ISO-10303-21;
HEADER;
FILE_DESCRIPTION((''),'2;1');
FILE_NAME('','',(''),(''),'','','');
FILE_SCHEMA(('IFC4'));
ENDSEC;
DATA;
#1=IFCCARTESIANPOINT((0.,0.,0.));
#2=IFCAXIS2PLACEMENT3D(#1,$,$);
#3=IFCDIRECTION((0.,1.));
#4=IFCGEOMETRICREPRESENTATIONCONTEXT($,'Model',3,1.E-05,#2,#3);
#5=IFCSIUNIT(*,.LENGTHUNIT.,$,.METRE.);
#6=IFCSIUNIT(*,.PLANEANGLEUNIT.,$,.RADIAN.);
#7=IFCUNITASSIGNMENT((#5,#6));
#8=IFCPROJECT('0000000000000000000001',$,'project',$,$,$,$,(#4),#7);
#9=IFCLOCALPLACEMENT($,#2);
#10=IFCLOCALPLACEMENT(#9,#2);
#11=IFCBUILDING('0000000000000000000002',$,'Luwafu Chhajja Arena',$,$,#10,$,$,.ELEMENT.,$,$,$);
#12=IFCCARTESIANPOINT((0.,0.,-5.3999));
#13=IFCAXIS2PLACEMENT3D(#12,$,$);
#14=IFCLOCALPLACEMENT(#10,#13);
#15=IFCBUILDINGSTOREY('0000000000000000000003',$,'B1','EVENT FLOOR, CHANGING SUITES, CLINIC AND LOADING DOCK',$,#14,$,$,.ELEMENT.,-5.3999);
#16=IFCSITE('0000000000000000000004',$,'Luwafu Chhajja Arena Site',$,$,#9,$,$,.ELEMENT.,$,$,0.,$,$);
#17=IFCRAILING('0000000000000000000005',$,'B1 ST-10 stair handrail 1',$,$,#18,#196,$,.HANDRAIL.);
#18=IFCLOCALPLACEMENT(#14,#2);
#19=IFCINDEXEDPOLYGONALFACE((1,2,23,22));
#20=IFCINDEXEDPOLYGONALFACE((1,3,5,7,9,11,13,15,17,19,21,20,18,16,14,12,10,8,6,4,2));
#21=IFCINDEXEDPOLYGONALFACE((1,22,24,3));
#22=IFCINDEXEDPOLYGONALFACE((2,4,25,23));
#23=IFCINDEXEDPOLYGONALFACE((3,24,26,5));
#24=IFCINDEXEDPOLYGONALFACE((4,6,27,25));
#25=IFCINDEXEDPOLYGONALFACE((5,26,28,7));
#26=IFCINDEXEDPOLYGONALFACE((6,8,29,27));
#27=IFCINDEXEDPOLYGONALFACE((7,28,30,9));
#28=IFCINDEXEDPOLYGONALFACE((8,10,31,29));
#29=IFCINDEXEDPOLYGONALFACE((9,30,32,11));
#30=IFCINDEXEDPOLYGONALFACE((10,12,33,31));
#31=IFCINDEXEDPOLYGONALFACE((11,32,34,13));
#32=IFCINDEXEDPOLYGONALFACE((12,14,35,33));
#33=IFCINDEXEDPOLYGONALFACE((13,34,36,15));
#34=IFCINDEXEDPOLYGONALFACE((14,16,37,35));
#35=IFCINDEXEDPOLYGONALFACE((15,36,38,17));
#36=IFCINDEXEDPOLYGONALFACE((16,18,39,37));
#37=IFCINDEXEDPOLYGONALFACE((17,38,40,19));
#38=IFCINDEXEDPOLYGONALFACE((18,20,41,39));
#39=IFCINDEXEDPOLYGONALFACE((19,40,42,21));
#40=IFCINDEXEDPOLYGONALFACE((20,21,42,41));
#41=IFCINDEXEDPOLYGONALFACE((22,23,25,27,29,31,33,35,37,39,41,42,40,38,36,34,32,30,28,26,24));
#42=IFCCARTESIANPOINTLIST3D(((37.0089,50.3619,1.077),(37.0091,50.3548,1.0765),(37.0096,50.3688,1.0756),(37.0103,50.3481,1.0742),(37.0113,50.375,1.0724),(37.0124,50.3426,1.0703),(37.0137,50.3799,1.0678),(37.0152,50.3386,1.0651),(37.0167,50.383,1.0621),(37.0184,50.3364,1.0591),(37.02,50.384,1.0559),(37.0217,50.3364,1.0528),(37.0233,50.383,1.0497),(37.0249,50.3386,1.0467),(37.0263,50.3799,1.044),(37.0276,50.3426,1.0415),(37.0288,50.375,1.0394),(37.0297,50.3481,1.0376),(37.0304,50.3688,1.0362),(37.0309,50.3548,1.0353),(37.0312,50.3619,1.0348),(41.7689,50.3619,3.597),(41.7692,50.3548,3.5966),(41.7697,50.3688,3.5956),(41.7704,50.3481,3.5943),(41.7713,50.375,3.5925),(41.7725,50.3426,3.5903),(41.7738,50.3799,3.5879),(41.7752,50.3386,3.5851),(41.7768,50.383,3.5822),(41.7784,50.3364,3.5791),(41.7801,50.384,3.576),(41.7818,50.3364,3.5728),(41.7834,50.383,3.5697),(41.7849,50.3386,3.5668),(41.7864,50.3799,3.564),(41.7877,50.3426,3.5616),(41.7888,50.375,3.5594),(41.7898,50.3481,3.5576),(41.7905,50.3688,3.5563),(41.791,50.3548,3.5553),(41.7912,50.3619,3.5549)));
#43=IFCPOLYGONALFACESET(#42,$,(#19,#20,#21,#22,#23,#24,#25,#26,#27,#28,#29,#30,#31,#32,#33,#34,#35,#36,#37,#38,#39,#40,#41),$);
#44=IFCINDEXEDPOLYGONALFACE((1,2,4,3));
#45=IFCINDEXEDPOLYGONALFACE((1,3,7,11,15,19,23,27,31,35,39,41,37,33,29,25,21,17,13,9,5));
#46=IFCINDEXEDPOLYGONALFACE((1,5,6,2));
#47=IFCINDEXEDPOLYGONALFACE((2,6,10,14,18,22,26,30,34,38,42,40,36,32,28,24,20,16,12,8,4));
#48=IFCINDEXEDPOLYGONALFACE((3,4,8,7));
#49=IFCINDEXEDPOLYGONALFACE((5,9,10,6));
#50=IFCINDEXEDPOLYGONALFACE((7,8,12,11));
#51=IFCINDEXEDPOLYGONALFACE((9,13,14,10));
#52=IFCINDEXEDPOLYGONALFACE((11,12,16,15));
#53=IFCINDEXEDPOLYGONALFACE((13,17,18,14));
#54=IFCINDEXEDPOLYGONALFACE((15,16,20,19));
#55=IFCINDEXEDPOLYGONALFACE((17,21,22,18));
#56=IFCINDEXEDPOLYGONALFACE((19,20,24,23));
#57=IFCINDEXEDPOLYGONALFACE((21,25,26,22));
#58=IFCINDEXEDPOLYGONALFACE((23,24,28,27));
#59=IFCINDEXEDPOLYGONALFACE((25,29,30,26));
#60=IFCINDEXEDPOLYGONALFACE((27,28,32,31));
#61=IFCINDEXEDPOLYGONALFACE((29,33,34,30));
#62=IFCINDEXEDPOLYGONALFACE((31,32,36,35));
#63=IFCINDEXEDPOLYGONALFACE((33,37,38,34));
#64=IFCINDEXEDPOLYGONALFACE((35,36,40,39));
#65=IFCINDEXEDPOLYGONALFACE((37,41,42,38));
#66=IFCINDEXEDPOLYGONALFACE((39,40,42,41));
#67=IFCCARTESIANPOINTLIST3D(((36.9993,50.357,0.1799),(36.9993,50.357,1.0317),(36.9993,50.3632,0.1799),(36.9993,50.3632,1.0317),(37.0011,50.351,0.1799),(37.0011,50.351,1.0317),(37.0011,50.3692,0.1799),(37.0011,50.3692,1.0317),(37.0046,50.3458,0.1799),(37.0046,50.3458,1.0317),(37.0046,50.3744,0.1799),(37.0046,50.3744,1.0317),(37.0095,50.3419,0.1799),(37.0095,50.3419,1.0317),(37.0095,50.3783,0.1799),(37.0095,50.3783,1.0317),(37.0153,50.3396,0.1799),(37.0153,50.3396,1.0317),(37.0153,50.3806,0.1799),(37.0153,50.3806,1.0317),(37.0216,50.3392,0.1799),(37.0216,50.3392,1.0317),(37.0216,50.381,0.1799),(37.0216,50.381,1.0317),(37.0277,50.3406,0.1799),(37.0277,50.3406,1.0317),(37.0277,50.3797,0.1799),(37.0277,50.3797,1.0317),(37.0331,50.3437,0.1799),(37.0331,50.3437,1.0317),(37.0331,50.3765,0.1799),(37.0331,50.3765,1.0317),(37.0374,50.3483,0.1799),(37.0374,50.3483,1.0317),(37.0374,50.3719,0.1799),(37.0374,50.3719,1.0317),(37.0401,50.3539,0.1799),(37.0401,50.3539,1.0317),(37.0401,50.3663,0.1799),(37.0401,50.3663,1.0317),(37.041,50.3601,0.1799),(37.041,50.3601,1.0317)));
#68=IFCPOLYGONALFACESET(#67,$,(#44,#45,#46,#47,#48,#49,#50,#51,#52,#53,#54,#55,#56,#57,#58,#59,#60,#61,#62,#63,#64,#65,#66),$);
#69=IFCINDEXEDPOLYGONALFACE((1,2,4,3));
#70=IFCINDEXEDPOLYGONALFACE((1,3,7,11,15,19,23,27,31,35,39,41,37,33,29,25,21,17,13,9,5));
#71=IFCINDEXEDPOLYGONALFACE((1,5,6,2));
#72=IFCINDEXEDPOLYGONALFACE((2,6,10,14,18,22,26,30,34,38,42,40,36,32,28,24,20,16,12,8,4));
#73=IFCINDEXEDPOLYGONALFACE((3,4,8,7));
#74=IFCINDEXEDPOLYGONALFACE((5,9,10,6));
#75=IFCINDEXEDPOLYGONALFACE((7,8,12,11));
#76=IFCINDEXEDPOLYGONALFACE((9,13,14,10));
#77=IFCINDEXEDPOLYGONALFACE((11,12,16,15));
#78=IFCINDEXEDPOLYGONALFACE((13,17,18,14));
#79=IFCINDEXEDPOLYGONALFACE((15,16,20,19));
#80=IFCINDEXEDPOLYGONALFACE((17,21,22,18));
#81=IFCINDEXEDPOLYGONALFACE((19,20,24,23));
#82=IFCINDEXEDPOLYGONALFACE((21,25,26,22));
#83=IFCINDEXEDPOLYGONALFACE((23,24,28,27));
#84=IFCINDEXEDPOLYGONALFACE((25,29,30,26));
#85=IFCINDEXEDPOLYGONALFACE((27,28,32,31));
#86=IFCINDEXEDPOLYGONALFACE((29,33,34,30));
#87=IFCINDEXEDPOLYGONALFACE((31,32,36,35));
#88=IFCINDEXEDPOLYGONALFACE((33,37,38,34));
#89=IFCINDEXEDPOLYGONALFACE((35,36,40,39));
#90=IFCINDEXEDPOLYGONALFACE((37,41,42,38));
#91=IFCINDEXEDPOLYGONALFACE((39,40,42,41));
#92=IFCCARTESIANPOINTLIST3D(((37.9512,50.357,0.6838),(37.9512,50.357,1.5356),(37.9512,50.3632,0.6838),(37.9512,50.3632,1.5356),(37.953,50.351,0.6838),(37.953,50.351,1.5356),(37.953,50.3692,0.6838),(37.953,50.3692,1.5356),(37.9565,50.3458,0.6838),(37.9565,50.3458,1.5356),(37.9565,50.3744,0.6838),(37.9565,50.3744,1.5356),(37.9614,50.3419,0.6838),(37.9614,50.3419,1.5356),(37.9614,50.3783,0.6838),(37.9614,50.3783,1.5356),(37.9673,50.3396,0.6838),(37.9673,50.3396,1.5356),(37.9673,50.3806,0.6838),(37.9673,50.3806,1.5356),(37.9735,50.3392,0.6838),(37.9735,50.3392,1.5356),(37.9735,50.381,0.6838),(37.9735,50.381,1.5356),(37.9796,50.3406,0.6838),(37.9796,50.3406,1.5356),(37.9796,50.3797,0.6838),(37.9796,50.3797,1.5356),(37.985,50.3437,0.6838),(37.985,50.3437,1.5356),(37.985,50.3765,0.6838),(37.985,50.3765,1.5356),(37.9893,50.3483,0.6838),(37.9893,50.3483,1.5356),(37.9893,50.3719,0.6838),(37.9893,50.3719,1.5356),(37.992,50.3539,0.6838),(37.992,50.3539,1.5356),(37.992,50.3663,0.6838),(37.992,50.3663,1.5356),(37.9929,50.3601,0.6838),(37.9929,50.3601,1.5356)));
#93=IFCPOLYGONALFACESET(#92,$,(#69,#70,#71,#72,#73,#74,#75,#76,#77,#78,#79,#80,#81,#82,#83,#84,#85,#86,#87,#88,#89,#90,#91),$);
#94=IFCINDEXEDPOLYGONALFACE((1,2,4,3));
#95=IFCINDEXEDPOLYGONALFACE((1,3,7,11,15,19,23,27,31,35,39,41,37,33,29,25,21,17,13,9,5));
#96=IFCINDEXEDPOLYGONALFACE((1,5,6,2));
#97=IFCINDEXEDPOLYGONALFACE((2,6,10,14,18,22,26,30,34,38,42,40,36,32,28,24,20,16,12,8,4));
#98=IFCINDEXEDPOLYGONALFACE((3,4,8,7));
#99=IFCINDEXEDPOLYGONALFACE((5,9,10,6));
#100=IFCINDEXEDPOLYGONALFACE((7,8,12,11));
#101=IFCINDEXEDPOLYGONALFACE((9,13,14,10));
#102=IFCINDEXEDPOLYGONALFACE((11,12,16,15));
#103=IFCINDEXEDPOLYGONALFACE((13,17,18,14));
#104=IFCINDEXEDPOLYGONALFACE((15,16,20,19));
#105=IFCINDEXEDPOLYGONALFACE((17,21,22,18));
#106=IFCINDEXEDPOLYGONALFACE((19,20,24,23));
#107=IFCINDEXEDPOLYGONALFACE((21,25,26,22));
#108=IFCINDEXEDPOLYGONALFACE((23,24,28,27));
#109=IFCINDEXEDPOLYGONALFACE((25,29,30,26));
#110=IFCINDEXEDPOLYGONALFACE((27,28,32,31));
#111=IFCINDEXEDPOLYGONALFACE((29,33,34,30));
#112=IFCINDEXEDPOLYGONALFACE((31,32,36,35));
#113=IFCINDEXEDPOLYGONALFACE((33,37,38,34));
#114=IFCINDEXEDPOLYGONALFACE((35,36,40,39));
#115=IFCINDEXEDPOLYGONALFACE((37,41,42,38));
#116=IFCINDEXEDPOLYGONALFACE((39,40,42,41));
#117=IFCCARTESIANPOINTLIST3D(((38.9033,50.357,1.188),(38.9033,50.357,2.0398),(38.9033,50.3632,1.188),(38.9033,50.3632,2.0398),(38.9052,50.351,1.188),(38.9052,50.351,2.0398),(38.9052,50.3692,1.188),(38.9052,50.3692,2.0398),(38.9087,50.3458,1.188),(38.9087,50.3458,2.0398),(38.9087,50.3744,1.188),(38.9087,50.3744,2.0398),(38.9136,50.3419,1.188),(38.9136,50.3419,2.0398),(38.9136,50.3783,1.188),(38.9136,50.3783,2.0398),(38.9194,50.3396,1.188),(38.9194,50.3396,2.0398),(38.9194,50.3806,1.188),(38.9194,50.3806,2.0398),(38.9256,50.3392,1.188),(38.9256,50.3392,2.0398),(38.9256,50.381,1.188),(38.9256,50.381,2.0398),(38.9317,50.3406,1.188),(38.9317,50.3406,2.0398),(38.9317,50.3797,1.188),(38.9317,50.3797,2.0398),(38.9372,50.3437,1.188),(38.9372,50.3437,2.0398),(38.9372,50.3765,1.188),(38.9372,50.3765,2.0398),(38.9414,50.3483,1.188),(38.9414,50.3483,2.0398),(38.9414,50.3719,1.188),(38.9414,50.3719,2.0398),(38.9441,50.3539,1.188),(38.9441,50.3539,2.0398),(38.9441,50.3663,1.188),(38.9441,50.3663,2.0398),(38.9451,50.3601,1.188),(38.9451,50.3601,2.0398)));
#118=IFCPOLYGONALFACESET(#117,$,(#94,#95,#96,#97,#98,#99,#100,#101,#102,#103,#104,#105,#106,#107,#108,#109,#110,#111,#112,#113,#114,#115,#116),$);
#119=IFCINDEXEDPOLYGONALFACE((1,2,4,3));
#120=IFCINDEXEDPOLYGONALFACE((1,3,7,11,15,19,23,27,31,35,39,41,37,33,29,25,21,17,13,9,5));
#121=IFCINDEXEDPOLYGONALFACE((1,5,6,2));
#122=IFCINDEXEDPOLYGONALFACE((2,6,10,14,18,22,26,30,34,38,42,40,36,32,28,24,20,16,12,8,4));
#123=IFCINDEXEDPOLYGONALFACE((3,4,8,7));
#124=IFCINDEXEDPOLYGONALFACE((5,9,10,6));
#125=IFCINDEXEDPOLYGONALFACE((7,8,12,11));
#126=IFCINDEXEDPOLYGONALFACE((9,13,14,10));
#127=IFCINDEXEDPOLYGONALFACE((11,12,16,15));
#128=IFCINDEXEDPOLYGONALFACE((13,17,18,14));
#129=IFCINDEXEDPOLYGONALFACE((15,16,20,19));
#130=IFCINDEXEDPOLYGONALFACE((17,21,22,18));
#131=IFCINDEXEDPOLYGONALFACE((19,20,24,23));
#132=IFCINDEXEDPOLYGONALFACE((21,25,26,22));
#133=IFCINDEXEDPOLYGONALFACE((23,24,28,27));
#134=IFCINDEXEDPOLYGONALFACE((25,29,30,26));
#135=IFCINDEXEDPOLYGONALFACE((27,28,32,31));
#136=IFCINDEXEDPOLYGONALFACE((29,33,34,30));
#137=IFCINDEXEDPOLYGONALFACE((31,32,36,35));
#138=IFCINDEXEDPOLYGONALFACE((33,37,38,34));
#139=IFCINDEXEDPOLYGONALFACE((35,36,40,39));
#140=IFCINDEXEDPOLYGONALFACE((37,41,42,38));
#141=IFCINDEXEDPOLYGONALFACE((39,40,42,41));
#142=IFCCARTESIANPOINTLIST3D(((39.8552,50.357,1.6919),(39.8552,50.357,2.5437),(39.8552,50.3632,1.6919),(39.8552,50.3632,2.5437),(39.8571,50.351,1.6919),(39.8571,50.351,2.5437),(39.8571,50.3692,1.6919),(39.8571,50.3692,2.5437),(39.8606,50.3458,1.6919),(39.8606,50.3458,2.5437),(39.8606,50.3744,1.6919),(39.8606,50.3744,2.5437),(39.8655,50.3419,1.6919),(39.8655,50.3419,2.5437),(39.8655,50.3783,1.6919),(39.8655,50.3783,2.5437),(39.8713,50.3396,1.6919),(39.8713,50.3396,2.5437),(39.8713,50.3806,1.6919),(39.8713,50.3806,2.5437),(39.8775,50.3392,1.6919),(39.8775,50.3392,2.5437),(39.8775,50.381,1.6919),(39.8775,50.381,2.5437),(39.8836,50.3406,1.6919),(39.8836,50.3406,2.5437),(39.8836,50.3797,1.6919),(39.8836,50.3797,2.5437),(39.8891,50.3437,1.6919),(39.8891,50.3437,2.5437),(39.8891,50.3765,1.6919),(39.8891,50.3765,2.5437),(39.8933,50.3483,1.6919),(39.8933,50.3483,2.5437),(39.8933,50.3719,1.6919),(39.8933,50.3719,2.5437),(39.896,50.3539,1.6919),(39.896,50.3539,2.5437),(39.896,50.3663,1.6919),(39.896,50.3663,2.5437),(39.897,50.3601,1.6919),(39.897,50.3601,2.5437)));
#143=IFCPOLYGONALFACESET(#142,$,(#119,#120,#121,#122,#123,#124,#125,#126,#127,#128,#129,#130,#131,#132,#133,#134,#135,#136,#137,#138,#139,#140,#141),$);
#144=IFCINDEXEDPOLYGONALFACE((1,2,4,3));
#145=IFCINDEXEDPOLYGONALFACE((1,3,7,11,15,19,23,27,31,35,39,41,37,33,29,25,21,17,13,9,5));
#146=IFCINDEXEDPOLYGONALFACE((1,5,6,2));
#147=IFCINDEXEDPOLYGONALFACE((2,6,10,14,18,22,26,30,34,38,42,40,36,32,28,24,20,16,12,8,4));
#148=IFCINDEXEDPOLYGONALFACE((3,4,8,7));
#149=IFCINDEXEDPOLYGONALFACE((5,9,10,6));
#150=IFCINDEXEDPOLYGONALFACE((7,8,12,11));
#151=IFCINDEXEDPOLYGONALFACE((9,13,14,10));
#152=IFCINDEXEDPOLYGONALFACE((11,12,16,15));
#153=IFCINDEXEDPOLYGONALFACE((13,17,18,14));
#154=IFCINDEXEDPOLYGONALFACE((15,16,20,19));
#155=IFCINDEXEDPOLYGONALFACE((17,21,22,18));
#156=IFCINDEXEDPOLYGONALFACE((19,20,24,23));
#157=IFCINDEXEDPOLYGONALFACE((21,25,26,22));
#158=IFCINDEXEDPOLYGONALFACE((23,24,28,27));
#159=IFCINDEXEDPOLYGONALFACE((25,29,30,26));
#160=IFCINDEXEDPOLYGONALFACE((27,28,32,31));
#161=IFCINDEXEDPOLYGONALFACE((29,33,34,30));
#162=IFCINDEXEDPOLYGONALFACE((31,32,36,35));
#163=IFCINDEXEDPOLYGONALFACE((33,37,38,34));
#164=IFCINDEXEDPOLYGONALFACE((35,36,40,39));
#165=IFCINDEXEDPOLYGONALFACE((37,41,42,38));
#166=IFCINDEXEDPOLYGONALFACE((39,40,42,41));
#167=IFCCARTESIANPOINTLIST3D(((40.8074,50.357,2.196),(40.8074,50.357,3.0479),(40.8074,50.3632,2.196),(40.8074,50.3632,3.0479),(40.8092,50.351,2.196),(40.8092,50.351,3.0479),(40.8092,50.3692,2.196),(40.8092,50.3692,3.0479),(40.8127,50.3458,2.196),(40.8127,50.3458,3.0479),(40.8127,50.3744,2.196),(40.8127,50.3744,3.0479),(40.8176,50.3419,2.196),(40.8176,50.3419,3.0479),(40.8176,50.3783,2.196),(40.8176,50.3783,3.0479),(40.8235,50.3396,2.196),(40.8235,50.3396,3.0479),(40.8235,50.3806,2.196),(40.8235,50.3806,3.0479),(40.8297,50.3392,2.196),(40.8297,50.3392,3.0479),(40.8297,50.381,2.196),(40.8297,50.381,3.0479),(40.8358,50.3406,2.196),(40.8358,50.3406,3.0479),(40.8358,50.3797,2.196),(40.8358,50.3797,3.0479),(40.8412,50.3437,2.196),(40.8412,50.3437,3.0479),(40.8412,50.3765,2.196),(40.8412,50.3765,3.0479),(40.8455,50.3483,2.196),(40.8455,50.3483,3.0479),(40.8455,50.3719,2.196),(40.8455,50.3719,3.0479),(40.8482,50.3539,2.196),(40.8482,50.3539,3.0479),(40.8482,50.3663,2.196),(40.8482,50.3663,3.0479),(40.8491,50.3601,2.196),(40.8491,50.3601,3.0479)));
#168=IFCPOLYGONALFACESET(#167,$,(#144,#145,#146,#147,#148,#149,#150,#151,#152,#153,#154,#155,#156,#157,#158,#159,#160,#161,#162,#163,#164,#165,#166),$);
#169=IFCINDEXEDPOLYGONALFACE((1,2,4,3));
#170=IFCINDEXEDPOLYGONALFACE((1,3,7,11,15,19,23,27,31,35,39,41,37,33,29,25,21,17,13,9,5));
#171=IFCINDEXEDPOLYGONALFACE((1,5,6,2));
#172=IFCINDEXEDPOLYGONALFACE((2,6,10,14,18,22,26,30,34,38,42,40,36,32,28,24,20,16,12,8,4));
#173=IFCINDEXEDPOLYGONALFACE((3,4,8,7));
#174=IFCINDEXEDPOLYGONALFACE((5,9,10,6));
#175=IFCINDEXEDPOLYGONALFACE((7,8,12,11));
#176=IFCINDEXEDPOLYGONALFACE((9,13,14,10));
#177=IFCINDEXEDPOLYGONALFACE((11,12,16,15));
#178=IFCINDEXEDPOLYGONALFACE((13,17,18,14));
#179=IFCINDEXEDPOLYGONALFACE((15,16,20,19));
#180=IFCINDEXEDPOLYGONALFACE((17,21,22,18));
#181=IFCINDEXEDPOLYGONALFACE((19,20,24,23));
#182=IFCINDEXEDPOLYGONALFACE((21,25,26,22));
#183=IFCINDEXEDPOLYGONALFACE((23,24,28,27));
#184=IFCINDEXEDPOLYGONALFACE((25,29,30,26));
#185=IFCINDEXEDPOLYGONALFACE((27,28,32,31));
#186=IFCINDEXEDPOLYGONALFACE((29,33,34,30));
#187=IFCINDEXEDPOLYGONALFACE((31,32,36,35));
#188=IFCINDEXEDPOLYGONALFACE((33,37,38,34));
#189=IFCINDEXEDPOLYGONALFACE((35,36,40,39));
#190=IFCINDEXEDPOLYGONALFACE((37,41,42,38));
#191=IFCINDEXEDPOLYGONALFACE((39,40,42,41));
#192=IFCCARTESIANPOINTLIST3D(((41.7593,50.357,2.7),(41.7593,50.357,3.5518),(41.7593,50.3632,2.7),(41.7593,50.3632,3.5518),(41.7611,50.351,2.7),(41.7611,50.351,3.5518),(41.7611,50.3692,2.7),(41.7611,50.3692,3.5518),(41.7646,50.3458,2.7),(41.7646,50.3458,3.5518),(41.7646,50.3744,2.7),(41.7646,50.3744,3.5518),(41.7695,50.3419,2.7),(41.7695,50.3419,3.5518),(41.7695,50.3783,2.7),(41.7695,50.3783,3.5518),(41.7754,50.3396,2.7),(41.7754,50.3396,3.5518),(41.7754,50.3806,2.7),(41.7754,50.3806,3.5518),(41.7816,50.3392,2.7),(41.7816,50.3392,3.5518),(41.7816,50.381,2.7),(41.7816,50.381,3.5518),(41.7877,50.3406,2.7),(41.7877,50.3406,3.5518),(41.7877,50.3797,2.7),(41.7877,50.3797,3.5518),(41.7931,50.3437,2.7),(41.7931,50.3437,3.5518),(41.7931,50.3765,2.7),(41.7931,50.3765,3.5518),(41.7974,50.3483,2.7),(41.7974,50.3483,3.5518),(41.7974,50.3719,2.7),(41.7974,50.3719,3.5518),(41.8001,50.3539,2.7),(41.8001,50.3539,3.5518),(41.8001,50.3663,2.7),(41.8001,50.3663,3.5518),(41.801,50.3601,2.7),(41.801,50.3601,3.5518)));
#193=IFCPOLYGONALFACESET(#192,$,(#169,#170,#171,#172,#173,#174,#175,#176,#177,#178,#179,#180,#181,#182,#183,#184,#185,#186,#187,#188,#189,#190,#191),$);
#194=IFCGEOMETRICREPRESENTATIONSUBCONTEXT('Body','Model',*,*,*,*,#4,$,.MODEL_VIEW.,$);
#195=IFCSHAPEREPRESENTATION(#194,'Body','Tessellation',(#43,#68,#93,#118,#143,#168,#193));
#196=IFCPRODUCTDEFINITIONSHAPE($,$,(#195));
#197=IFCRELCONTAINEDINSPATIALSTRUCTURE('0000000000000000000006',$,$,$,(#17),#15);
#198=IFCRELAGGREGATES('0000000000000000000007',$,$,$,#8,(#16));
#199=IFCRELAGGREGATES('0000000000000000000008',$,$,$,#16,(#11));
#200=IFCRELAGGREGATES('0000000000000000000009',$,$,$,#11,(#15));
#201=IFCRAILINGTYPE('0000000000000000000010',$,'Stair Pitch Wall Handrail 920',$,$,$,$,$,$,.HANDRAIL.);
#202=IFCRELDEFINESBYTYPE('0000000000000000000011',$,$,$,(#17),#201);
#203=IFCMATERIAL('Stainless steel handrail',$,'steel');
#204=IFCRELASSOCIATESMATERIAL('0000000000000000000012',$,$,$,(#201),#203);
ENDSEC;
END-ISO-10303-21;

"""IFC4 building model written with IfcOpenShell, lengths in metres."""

from ifc_helpers import new_model, si_unit, direction, frame, origin, origin_2d, place, context, subcontext, project, spatial, circle, extrude, material, type_object, element, save


model = new_model("IFC4")

# Units and contexts
model_context = context("Model", 3, precision=1e-05, world=origin(), true_north=direction((0.0, 1.0)))
body_context = subcontext(model_context, "Body", "Model", "MODEL_VIEW")
ifc_project = project(units=[si_unit("LENGTHUNIT", "METRE"), si_unit("PLANEANGLEUNIT", "RADIAN")], contexts=[model_context])

# Site, building, storey
site_placement = place(None, origin())
site = spatial("IfcSite", under=ifc_project, at=site_placement, Name="Luwafu Chhajja Arena Site", CompositionType="ELEMENT", RefElevation=0.0)
building_placement = place(site_placement, origin())
building = spatial("IfcBuilding", under=site, at=building_placement, Name="Luwafu Chhajja Arena", CompositionType="ELEMENT")
storey_placement = place(building_placement, frame((0.0, 0.0, -5.3999)))
storey = spatial("IfcBuildingStorey", under=building, at=storey_placement, Name="B1", Description="EVENT FLOOR, CHANGING SUITES, CLINIC AND LOADING DOCK", CompositionType="ELEMENT", Elevation=-5.3999)

# Railing
ifc_material_1 = material(Name="Stainless steel handrail", Category="steel")
railing_type_1 = type_object("IfcRailingType", Name="Stair Pitch Wall Handrail 920", PredefinedType="HANDRAIL", material=ifc_material_1)
railing_1_placement = place(storey_placement, frame((37.02, 50.3601, 0.1799)))
element("IfcRailing", 1, at=railing_1_placement, inside=storey, type_object=railing_type_1, Name="B1 ST-10 stair handrail 1", PredefinedType="HANDRAIL", context=body_context, shape_type="SweptSolid", body=[
    extrude(circle(Radius=0.0239, at=origin_2d()), frame((0.0, 0.0, 0.876), z_axis=(0.883787, 0.0, 0.46789), x_axis=(0.0, 1.0, 0.0)), (0.0, 0.0, 1.0), 5.386),
    extrude(circle(Radius=0.021, at=origin_2d()), origin(), (0.0, 0.0, 1.0), 0.8518),
    extrude(circle(Radius=0.021, at=origin_2d()), frame((0.9519, 0.0, 0.5039)), (0.0, 0.0, 1.0), 0.8518),
    extrude(circle(Radius=0.021, at=origin_2d()), frame((1.9041, 0.0, 1.0081)), (0.0, 0.0, 1.0), 0.8518),
    extrude(circle(Radius=0.021, at=origin_2d()), frame((2.856, 0.0, 1.512)), (0.0, 0.0, 1.0), 0.8518),
    extrude(circle(Radius=0.021, at=origin_2d()), frame((3.8081, 0.0, 2.0161)), (0.0, 0.0, 1.0), 0.8518),
    extrude(circle(Radius=0.021, at=origin_2d()), frame((4.76, 0.0, 2.52)), (0.0, 0.0, 1.0), 0.8518),
])

save(model, "model.ifc")
